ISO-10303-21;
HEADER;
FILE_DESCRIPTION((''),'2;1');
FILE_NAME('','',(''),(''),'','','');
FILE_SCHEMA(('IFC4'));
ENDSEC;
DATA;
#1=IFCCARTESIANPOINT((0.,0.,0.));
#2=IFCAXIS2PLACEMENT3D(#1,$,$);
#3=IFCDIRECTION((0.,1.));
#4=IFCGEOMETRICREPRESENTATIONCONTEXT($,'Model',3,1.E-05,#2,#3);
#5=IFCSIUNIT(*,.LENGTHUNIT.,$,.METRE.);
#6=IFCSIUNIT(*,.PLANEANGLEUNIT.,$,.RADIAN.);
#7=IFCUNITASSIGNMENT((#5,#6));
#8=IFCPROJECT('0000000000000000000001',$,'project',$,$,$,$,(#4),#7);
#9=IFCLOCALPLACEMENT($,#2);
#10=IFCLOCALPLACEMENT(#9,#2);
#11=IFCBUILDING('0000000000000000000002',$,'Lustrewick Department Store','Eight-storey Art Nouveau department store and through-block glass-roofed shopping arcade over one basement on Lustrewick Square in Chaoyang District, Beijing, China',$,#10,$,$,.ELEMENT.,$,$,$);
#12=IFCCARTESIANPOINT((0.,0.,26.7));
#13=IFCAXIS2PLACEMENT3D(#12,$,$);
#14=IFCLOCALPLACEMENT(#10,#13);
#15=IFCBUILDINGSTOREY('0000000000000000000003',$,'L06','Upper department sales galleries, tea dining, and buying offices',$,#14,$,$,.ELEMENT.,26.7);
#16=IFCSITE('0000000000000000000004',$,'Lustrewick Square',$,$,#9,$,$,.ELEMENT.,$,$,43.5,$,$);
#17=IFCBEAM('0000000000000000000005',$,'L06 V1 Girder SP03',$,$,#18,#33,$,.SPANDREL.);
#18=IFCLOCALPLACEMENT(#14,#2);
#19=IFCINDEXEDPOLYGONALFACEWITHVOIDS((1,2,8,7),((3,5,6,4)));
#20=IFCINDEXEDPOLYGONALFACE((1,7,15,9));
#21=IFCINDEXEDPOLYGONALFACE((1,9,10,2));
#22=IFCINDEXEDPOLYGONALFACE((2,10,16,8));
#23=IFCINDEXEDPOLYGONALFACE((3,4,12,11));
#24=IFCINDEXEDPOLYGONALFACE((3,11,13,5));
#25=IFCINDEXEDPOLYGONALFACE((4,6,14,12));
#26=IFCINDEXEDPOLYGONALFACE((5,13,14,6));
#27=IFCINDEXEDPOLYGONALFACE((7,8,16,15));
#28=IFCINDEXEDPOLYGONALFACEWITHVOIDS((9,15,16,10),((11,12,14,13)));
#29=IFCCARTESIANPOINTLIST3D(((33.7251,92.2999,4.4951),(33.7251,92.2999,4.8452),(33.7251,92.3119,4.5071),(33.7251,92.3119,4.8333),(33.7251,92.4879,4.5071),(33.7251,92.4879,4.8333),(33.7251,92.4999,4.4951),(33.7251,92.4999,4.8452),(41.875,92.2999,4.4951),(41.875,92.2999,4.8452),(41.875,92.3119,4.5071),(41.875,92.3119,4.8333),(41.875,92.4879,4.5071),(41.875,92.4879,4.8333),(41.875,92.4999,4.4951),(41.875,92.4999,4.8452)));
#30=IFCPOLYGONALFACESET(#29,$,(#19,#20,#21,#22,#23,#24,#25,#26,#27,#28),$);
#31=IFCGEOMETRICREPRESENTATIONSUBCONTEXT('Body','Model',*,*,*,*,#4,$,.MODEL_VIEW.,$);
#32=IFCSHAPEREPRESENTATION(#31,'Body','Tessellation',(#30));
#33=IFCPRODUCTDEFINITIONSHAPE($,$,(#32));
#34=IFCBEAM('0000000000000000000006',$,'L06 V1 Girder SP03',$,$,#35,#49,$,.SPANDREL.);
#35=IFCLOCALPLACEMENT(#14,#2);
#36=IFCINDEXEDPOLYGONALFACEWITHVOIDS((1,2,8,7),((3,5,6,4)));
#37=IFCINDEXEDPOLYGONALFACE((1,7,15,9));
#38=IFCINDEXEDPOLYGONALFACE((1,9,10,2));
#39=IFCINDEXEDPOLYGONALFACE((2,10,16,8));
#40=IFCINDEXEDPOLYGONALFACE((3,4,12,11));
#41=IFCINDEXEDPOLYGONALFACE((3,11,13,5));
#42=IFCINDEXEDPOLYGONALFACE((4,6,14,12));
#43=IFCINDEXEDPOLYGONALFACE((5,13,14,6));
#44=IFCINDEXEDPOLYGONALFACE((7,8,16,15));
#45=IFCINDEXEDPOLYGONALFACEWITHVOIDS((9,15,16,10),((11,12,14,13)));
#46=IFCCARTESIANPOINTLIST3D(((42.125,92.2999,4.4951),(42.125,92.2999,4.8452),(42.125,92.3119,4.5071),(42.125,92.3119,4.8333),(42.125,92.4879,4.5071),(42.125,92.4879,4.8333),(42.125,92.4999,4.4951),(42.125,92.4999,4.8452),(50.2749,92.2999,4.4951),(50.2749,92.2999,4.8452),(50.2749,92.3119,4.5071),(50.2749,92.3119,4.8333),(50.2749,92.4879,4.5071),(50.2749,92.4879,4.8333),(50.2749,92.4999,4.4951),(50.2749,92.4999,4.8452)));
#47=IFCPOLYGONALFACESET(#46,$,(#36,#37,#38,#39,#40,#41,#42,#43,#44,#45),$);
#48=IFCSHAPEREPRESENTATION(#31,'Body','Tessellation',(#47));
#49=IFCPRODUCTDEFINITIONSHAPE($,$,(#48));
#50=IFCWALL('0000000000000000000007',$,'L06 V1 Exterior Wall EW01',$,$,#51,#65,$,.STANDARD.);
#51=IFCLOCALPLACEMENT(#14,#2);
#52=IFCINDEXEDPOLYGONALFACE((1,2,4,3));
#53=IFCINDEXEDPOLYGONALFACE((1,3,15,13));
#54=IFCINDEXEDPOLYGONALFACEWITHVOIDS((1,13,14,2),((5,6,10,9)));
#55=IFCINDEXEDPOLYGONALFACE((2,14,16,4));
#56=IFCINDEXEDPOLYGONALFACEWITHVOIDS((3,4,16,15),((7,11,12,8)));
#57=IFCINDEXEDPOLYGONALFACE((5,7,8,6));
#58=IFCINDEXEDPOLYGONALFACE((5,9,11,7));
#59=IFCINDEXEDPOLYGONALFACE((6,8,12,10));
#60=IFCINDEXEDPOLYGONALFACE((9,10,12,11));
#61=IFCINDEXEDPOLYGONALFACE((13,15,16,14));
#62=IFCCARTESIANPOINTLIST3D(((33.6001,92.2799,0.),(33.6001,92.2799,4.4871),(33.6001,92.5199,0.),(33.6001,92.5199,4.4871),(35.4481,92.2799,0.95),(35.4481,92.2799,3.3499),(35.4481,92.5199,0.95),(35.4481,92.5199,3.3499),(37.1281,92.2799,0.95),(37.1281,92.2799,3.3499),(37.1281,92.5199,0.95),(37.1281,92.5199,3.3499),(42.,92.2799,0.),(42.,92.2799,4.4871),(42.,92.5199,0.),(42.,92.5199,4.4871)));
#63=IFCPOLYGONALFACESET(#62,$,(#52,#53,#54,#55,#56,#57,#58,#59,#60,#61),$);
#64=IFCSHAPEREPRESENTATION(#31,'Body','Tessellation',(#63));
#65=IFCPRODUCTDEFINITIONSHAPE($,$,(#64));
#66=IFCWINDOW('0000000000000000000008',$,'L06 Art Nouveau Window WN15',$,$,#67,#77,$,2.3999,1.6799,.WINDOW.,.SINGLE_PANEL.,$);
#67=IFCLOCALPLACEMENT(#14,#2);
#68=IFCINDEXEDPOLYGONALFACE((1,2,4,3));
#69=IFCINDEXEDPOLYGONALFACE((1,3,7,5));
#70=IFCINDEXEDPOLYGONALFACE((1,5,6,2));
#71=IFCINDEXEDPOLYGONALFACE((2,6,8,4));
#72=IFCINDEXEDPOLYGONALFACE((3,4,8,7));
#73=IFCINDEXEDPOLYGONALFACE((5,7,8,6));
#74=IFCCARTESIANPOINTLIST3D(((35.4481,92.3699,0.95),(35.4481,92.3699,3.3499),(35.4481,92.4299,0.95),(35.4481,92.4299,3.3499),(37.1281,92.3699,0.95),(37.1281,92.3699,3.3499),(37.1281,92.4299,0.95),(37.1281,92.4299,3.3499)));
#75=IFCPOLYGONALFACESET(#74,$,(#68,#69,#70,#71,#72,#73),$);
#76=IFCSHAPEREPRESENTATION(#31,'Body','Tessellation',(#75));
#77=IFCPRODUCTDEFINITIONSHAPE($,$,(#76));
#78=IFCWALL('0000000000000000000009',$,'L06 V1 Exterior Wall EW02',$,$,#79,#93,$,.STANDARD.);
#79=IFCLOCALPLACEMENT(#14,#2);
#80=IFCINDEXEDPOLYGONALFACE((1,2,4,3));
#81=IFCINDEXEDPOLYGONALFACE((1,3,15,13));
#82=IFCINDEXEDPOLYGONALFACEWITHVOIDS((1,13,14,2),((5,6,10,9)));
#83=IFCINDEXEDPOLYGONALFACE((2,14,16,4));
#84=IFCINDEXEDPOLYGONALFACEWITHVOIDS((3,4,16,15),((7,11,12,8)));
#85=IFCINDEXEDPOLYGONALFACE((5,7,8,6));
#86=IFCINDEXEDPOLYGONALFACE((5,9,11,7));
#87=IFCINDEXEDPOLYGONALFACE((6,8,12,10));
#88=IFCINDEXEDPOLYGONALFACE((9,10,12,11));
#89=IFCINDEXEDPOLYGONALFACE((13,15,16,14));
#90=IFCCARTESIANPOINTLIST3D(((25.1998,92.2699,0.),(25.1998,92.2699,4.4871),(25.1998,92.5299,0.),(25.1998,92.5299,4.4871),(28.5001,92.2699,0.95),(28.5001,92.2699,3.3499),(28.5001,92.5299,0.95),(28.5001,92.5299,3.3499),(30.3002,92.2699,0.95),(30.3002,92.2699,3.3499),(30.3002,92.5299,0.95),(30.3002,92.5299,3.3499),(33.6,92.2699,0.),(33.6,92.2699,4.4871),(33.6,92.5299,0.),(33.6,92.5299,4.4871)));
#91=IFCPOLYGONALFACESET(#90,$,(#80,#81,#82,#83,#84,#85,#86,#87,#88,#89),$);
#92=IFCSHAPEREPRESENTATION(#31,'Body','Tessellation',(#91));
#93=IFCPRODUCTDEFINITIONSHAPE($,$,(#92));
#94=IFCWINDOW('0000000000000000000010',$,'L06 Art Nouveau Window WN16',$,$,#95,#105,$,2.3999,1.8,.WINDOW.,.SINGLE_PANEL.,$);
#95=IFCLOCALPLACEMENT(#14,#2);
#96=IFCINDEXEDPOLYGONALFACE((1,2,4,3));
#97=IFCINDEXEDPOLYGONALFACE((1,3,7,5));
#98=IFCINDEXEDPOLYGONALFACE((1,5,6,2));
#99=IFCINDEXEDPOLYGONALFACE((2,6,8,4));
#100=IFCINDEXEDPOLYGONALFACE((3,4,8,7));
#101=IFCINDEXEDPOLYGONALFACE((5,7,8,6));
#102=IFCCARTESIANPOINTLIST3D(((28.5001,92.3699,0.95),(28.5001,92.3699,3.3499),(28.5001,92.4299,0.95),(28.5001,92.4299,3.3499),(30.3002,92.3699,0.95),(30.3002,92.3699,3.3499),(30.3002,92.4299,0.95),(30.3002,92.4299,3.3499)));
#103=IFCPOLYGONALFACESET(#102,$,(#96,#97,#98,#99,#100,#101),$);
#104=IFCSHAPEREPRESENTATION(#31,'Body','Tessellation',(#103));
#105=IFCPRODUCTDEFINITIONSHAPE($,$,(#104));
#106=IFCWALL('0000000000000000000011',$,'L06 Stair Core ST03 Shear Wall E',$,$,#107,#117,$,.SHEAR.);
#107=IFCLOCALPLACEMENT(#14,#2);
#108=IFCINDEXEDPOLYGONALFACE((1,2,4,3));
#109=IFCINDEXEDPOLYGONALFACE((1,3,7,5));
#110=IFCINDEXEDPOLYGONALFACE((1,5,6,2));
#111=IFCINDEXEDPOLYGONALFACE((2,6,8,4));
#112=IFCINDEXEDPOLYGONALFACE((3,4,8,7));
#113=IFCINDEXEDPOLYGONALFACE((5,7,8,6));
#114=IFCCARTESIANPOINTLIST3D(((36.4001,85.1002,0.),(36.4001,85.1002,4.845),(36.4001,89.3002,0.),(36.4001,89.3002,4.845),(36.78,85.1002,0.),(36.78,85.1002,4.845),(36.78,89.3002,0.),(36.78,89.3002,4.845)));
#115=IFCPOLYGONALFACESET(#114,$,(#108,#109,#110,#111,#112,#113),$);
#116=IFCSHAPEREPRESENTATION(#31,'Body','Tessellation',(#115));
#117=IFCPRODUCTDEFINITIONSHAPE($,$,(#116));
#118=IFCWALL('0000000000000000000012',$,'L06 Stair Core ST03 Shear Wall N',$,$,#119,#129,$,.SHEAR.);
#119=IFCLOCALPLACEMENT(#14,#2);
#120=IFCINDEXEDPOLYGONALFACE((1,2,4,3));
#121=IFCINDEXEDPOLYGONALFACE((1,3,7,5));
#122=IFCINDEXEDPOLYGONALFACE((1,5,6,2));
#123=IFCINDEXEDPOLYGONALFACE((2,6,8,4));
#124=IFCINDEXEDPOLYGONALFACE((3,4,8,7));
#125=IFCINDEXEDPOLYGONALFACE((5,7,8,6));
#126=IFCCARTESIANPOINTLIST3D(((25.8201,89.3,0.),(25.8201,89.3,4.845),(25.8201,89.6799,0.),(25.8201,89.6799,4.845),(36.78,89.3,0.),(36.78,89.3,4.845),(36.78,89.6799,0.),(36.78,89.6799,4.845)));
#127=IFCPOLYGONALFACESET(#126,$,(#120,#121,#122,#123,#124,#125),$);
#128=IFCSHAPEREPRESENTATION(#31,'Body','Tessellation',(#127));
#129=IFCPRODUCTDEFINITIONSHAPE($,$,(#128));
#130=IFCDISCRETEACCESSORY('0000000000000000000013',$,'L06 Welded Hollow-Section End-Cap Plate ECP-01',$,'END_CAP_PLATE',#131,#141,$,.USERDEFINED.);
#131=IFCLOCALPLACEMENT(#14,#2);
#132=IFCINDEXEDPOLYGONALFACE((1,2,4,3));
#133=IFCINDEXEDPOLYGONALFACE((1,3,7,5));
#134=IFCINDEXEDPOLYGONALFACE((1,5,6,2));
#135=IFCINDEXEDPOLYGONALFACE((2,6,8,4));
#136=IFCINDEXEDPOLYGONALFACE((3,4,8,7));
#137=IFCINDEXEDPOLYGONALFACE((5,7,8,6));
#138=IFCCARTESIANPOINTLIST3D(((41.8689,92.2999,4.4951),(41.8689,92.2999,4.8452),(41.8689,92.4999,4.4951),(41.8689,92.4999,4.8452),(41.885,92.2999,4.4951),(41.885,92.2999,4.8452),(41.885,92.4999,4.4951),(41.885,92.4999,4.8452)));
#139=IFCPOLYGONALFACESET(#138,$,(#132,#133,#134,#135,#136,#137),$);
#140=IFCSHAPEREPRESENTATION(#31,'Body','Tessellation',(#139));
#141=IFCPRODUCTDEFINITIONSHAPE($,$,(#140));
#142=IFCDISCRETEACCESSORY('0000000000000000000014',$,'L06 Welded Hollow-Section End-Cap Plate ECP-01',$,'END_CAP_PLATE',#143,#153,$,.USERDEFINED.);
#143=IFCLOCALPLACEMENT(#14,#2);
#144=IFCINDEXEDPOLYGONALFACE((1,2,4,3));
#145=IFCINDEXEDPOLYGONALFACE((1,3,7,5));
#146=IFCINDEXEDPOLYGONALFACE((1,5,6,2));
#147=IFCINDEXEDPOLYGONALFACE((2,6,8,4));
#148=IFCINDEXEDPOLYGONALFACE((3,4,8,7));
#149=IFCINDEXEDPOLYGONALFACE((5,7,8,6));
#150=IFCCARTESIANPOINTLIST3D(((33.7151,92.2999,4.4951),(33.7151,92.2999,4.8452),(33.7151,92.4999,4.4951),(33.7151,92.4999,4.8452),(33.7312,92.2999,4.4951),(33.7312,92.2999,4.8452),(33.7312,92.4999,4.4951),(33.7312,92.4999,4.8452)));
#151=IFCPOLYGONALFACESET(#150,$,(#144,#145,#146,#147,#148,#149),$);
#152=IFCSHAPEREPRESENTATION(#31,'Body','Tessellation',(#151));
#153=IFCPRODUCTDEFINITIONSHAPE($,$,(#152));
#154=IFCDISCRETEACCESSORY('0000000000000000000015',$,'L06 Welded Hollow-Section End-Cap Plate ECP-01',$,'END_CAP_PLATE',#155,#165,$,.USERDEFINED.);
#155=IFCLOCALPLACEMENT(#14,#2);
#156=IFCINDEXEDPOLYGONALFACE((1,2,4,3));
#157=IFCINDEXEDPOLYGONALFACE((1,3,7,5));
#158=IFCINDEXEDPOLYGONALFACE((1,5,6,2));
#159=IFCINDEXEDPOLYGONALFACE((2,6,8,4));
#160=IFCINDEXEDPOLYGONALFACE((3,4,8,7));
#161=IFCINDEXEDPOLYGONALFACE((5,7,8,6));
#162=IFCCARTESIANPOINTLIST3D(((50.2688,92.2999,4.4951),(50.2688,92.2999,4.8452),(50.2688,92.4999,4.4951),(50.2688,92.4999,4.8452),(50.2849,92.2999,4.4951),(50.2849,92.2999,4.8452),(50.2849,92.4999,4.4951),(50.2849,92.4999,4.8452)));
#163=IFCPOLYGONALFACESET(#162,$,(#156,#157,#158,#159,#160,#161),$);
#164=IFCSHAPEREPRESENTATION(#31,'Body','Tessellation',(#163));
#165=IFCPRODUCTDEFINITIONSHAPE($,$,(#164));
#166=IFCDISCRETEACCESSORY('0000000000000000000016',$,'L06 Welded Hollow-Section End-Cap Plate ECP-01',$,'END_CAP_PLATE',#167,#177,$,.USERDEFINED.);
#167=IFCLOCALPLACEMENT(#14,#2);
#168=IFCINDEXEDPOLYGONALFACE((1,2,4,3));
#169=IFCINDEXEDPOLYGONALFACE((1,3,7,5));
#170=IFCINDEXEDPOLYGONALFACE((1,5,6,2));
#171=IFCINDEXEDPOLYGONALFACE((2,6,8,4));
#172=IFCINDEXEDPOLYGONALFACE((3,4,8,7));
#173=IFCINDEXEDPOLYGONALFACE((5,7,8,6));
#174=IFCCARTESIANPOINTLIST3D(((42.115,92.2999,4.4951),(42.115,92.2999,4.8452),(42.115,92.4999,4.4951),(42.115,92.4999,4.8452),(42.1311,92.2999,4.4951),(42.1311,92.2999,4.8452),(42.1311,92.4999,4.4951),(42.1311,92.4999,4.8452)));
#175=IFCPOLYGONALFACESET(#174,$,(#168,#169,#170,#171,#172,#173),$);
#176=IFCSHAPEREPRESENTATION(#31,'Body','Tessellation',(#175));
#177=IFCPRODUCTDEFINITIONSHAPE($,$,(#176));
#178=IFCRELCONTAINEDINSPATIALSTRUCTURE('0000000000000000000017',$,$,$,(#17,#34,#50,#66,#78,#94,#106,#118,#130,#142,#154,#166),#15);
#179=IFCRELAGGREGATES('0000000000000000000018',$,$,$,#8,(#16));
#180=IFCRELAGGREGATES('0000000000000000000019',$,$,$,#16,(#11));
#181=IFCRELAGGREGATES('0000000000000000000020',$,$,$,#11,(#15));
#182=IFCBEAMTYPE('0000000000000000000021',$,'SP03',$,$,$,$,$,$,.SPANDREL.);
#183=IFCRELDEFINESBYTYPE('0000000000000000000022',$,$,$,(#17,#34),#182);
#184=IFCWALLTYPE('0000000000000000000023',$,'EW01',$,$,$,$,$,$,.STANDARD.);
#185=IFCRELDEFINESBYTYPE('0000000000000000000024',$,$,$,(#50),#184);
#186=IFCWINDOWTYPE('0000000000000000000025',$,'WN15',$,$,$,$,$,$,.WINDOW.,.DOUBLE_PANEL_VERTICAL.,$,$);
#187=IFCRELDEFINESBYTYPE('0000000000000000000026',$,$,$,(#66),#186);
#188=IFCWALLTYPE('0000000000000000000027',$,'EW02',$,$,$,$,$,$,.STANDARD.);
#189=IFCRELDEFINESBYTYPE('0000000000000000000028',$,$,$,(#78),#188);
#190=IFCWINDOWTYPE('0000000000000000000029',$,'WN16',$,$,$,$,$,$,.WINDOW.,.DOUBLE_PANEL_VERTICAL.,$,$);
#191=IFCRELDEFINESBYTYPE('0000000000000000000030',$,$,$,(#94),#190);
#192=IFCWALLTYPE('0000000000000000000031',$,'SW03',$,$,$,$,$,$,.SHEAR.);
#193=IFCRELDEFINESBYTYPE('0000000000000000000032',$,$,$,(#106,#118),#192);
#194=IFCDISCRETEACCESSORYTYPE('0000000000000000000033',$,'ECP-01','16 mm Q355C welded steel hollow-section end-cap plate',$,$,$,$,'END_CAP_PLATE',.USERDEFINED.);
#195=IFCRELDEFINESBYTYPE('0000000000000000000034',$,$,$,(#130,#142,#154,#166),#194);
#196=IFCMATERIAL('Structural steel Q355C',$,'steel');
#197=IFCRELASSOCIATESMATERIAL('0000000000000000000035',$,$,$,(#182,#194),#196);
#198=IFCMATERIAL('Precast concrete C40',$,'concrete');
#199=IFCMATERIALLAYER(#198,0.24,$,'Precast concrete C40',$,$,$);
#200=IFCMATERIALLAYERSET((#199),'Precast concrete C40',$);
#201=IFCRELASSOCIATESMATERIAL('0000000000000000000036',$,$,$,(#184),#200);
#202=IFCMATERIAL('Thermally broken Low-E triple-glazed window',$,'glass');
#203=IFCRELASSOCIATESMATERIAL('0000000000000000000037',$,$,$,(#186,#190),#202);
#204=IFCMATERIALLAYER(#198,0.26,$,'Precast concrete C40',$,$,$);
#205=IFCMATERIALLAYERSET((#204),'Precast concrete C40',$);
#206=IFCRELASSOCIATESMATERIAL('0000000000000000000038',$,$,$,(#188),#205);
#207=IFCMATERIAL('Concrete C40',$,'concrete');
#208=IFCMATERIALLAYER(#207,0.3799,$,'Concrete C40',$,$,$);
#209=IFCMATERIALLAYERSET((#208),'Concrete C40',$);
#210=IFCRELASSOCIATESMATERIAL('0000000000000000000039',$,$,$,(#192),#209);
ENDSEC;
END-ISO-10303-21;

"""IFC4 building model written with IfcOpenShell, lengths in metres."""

from ifc_helpers import new_model, si_unit, direction, frame, frame_2d, origin, origin_2d, place, context, subcontext, project, spatial, rectangle, hollow_rectangle, extrude, material, layer, layer_set, material_profile, profile_set, type_object, element, fill, save


model = new_model("IFC4")

# Units and contexts
model_context = context("Model", 3, precision=1e-05, world=origin(), true_north=direction((0.0, 1.0)))
body_context = subcontext(model_context, "Body", "Model", "MODEL_VIEW")
ifc_project = project(units=[si_unit("LENGTHUNIT", "METRE"), si_unit("PLANEANGLEUNIT", "RADIAN")], contexts=[model_context])

# Site, building, storey
site_placement = place(None, origin())
site = spatial("IfcSite", under=ifc_project, at=site_placement, Name="Lustrewick Square", CompositionType="ELEMENT", RefElevation=43.5)
building_placement = place(site_placement, origin())
building = spatial("IfcBuilding", under=site, at=building_placement, Name="Lustrewick Department Store", Description="Eight-storey Art Nouveau department store and through-block glass-roofed shopping arcade over one basement on Lustrewick Square in Chaoyang District, Beijing, China", CompositionType="ELEMENT")
storey_placement = place(building_placement, frame((0.0, 0.0, 26.7)))
storey = spatial("IfcBuildingStorey", under=building, at=storey_placement, Name="L06", Description="Upper department sales galleries, tea dining, and buying offices", CompositionType="ELEMENT", Elevation=26.7)

# Beams
ifc_material_1 = material(Name="Structural steel Q355C", Category="steel")
ifc_material_profile_1 = material_profile(ifc_material_1, hollow_rectangle(XDim=0.2, YDim=0.3501, WallThickness=0.012, at=origin_2d()), Name="RHS 350x200x12")
ifc_profile_set_1 = profile_set([ifc_material_profile_1], Name="Structural steel Q355C")
beam_type_1 = type_object("IfcBeamType", Name="SP03", PredefinedType="SPANDREL", material=ifc_profile_set_1)
for number, where, z_axis, x_axis, name in (
    (1, (33.7251, 92.3999, 4.6702), (1.0, 0.0, 0.0), (0.0, 1.0, 0.0), "L06 V1 Girder SP03"),
    (2, (42.125, 92.3999, 4.6702), (1.0, 0.0, 0.0), (0.0, 1.0, 0.0), "L06 V1 Girder SP03"),
):
    element("IfcBeam", number, at=place(storey_placement, frame(where, z_axis=z_axis, x_axis=x_axis)), inside=storey, type_object=beam_type_1, Name=name, PredefinedType="SPANDREL", context=body_context, shape_type="SweptSolid", body=[
        extrude(hollow_rectangle(XDim=0.2, YDim=0.3501, WallThickness=0.012, at=origin_2d()), origin(), (0.0, 0.0, 1.0), 8.1499),
    ])

# Walls, openings, windows
ifc_material_2 = material(Name="Precast concrete C40", Category="concrete")
ifc_layer_1 = layer(ifc_material_2, 0.24, Name="Precast concrete C40")
ifc_layer_set_1 = layer_set([ifc_layer_1], Name="Precast concrete C40")
wall_type_1 = type_object("IfcWallType", Name="EW01", PredefinedType="STANDARD", material=ifc_layer_set_1)
wall_1_placement = place(storey_placement, frame((42.0, 92.3999, 0.0), z_axis=(0.0, 0.0, 1.0), x_axis=(-1.0, 0.0, 0.0)))
wall_1 = element("IfcWall", 3, at=wall_1_placement, inside=storey, type_object=wall_type_1, Name="L06 V1 Exterior Wall EW01", PredefinedType="STANDARD", context=body_context, shape_type="SweptSolid", body=[
    extrude(rectangle(XDim=8.3999, YDim=0.24, at=frame_2d((4.2, 0.0))), origin(), (0.0, 0.0, 1.0), 4.4871),
])
opening_1_placement = place(wall_1_placement, frame((4.8721, 0.0, 0.95)))
opening_1 = element("IfcOpeningElement", 4, at=opening_1_placement, cuts=wall_1, PredefinedType="OPENING", context=body_context, shape_type="SweptSolid", body=[
    extrude(rectangle(XDim=1.6799, YDim=2.3999, at=frame_2d((0.8398, 1.2))), frame((0.0, 0.1299, 0.0), z_axis=(0.0, -1.0, 0.0), x_axis=(1.0, 0.0, 0.0)), (0.0, 0.0, 1.0), 0.26),
])
ifc_material_3 = material(Name="Thermally broken Low-E triple-glazed window", Category="glass")
window_type_1 = type_object("IfcWindowType", Name="WN15", PartitioningType="DOUBLE_PANEL_VERTICAL", PredefinedType="WINDOW", material=ifc_material_3)
window_1_placement = place(opening_1_placement, origin())
window_1 = element("IfcWindow", 5, at=window_1_placement, inside=storey, type_object=window_type_1, Name="L06 Art Nouveau Window WN15", OverallHeight=2.3999, OverallWidth=1.6799, PartitioningType="SINGLE_PANEL", PredefinedType="WINDOW", context=body_context, shape_type="SweptSolid", body=[
    extrude(rectangle(XDim=1.6799, YDim=2.3999, at=frame_2d((0.8398, 1.2))), frame((0.0, 0.03, 0.0), z_axis=(0.0, -1.0, 0.0), x_axis=(1.0, 0.0, 0.0)), (0.0, 0.0, 1.0), 0.0601),
])
fill(opening_1, window_1)
ifc_layer_2 = layer(ifc_material_2, 0.26, Name="Precast concrete C40")
ifc_layer_set_2 = layer_set([ifc_layer_2], Name="Precast concrete C40")
wall_type_2 = type_object("IfcWallType", Name="EW02", PredefinedType="STANDARD", material=ifc_layer_set_2)
wall_2_placement = place(storey_placement, frame((33.6001, 92.3999, 0.0), z_axis=(0.0, 0.0, 1.0), x_axis=(-1.0, 0.0, 0.0)))
wall_2 = element("IfcWall", 6, at=wall_2_placement, inside=storey, type_object=wall_type_2, Name="L06 V1 Exterior Wall EW02", PredefinedType="STANDARD", context=body_context, shape_type="SweptSolid", body=[
    extrude(rectangle(XDim=8.4001, YDim=0.26, at=frame_2d((4.2002, 0.0))), origin(), (0.0, 0.0, 1.0), 4.4871),
])
opening_2_placement = place(wall_2_placement, frame((3.3, 0.0, 0.95)))
opening_2 = element("IfcOpeningElement", 7, at=opening_2_placement, cuts=wall_2, PredefinedType="OPENING", context=body_context, shape_type="SweptSolid", body=[
    extrude(rectangle(XDim=1.8, YDim=2.3999, at=frame_2d((0.8999, 1.2))), frame((0.0, 0.1401, 0.0), z_axis=(0.0, -1.0, 0.0), x_axis=(1.0, 0.0, 0.0)), (0.0, 0.0, 1.0), 0.28),
])
window_type_2 = type_object("IfcWindowType", Name="WN16", PartitioningType="DOUBLE_PANEL_VERTICAL", PredefinedType="WINDOW", material=ifc_material_3)
window_2_placement = place(opening_2_placement, origin())
window_2 = element("IfcWindow", 8, at=window_2_placement, inside=storey, type_object=window_type_2, Name="L06 Art Nouveau Window WN16", OverallHeight=2.3999, OverallWidth=1.8, PartitioningType="SINGLE_PANEL", PredefinedType="WINDOW", context=body_context, shape_type="SweptSolid", body=[
    extrude(rectangle(XDim=1.8, YDim=2.3999, at=frame_2d((0.8999, 1.2))), frame((0.0, 0.03, 0.0), z_axis=(0.0, -1.0, 0.0), x_axis=(1.0, 0.0, 0.0)), (0.0, 0.0, 1.0), 0.0601),
])
fill(opening_2, window_2)

# Walls
ifc_material_4 = material(Name="Concrete C40", Category="concrete")
ifc_layer_3 = layer(ifc_material_4, 0.3799, Name="Concrete C40")
ifc_layer_set_3 = layer_set([ifc_layer_3], Name="Concrete C40")
wall_type_3 = type_object("IfcWallType", Name="SW03", PredefinedType="SHEAR", material=ifc_layer_set_3)
wall_3_placement = place(storey_placement, frame((36.5901, 85.1001, 0.0), z_axis=(0.0, 0.0, 1.0), x_axis=(0.0, 1.0, 0.0)))
element("IfcWall", 9, at=wall_3_placement, inside=storey, type_object=wall_type_3, Name="L06 Stair Core ST03 Shear Wall E", PredefinedType="SHEAR", context=body_context, shape_type="SweptSolid", body=[
    extrude(rectangle(XDim=4.2, YDim=0.3799, at=frame_2d((2.1001, 0.0))), origin(), (0.0, 0.0, 1.0), 4.845),
])
wall_4_placement = place(storey_placement, frame((36.78, 89.49, 0.0), z_axis=(0.0, 0.0, 1.0), x_axis=(-1.0, 0.0, 0.0)))
element("IfcWall", 10, at=wall_4_placement, inside=storey, type_object=wall_type_3, Name="L06 Stair Core ST03 Shear Wall N", PredefinedType="SHEAR", context=body_context, shape_type="SweptSolid", body=[
    extrude(rectangle(XDim=10.96, YDim=0.3799, at=frame_2d((5.48, 0.0))), origin(), (0.0, 0.0, 1.0), 4.845),
])

# Discrete accessories
discrete_accessory_type = type_object("IfcDiscreteAccessoryType", Name="ECP-01", Description="16 mm Q355C welded steel hollow-section end-cap plate", ElementType="END_CAP_PLATE", PredefinedType="USERDEFINED", material=ifc_material_1)
for number, where, z_axis, x_axis, name in (
    (11, (41.8689, 92.3999, 4.6702), (1.0, 0.0, 0.0), (0.0, 1.0, 0.0), "L06 Welded Hollow-Section End-Cap Plate ECP-01"),
    (12, (33.7312, 92.3999, 4.6702), (-1.0, 0.0, 0.0), (0.0, 1.0, 0.0), "L06 Welded Hollow-Section End-Cap Plate ECP-01"),
    (13, (50.2688, 92.3999, 4.6702), (1.0, 0.0, 0.0), (0.0, 1.0, 0.0), "L06 Welded Hollow-Section End-Cap Plate ECP-01"),
    (14, (42.1311, 92.3999, 4.6702), (-1.0, 0.0, 0.0), (0.0, 1.0, 0.0), "L06 Welded Hollow-Section End-Cap Plate ECP-01"),
):
    element("IfcDiscreteAccessory", number, at=place(storey_placement, frame(where, z_axis=z_axis, x_axis=x_axis)), inside=storey, type_object=discrete_accessory_type, Name=name, ObjectType="END_CAP_PLATE", PredefinedType="USERDEFINED", context=body_context, shape_type="SweptSolid", body=[
        extrude(rectangle(XDim=0.2, YDim=0.3501, at=origin_2d()), origin(), (0.0, 0.0, 1.0), 0.0161),
    ])

save(model, "model.ifc")
